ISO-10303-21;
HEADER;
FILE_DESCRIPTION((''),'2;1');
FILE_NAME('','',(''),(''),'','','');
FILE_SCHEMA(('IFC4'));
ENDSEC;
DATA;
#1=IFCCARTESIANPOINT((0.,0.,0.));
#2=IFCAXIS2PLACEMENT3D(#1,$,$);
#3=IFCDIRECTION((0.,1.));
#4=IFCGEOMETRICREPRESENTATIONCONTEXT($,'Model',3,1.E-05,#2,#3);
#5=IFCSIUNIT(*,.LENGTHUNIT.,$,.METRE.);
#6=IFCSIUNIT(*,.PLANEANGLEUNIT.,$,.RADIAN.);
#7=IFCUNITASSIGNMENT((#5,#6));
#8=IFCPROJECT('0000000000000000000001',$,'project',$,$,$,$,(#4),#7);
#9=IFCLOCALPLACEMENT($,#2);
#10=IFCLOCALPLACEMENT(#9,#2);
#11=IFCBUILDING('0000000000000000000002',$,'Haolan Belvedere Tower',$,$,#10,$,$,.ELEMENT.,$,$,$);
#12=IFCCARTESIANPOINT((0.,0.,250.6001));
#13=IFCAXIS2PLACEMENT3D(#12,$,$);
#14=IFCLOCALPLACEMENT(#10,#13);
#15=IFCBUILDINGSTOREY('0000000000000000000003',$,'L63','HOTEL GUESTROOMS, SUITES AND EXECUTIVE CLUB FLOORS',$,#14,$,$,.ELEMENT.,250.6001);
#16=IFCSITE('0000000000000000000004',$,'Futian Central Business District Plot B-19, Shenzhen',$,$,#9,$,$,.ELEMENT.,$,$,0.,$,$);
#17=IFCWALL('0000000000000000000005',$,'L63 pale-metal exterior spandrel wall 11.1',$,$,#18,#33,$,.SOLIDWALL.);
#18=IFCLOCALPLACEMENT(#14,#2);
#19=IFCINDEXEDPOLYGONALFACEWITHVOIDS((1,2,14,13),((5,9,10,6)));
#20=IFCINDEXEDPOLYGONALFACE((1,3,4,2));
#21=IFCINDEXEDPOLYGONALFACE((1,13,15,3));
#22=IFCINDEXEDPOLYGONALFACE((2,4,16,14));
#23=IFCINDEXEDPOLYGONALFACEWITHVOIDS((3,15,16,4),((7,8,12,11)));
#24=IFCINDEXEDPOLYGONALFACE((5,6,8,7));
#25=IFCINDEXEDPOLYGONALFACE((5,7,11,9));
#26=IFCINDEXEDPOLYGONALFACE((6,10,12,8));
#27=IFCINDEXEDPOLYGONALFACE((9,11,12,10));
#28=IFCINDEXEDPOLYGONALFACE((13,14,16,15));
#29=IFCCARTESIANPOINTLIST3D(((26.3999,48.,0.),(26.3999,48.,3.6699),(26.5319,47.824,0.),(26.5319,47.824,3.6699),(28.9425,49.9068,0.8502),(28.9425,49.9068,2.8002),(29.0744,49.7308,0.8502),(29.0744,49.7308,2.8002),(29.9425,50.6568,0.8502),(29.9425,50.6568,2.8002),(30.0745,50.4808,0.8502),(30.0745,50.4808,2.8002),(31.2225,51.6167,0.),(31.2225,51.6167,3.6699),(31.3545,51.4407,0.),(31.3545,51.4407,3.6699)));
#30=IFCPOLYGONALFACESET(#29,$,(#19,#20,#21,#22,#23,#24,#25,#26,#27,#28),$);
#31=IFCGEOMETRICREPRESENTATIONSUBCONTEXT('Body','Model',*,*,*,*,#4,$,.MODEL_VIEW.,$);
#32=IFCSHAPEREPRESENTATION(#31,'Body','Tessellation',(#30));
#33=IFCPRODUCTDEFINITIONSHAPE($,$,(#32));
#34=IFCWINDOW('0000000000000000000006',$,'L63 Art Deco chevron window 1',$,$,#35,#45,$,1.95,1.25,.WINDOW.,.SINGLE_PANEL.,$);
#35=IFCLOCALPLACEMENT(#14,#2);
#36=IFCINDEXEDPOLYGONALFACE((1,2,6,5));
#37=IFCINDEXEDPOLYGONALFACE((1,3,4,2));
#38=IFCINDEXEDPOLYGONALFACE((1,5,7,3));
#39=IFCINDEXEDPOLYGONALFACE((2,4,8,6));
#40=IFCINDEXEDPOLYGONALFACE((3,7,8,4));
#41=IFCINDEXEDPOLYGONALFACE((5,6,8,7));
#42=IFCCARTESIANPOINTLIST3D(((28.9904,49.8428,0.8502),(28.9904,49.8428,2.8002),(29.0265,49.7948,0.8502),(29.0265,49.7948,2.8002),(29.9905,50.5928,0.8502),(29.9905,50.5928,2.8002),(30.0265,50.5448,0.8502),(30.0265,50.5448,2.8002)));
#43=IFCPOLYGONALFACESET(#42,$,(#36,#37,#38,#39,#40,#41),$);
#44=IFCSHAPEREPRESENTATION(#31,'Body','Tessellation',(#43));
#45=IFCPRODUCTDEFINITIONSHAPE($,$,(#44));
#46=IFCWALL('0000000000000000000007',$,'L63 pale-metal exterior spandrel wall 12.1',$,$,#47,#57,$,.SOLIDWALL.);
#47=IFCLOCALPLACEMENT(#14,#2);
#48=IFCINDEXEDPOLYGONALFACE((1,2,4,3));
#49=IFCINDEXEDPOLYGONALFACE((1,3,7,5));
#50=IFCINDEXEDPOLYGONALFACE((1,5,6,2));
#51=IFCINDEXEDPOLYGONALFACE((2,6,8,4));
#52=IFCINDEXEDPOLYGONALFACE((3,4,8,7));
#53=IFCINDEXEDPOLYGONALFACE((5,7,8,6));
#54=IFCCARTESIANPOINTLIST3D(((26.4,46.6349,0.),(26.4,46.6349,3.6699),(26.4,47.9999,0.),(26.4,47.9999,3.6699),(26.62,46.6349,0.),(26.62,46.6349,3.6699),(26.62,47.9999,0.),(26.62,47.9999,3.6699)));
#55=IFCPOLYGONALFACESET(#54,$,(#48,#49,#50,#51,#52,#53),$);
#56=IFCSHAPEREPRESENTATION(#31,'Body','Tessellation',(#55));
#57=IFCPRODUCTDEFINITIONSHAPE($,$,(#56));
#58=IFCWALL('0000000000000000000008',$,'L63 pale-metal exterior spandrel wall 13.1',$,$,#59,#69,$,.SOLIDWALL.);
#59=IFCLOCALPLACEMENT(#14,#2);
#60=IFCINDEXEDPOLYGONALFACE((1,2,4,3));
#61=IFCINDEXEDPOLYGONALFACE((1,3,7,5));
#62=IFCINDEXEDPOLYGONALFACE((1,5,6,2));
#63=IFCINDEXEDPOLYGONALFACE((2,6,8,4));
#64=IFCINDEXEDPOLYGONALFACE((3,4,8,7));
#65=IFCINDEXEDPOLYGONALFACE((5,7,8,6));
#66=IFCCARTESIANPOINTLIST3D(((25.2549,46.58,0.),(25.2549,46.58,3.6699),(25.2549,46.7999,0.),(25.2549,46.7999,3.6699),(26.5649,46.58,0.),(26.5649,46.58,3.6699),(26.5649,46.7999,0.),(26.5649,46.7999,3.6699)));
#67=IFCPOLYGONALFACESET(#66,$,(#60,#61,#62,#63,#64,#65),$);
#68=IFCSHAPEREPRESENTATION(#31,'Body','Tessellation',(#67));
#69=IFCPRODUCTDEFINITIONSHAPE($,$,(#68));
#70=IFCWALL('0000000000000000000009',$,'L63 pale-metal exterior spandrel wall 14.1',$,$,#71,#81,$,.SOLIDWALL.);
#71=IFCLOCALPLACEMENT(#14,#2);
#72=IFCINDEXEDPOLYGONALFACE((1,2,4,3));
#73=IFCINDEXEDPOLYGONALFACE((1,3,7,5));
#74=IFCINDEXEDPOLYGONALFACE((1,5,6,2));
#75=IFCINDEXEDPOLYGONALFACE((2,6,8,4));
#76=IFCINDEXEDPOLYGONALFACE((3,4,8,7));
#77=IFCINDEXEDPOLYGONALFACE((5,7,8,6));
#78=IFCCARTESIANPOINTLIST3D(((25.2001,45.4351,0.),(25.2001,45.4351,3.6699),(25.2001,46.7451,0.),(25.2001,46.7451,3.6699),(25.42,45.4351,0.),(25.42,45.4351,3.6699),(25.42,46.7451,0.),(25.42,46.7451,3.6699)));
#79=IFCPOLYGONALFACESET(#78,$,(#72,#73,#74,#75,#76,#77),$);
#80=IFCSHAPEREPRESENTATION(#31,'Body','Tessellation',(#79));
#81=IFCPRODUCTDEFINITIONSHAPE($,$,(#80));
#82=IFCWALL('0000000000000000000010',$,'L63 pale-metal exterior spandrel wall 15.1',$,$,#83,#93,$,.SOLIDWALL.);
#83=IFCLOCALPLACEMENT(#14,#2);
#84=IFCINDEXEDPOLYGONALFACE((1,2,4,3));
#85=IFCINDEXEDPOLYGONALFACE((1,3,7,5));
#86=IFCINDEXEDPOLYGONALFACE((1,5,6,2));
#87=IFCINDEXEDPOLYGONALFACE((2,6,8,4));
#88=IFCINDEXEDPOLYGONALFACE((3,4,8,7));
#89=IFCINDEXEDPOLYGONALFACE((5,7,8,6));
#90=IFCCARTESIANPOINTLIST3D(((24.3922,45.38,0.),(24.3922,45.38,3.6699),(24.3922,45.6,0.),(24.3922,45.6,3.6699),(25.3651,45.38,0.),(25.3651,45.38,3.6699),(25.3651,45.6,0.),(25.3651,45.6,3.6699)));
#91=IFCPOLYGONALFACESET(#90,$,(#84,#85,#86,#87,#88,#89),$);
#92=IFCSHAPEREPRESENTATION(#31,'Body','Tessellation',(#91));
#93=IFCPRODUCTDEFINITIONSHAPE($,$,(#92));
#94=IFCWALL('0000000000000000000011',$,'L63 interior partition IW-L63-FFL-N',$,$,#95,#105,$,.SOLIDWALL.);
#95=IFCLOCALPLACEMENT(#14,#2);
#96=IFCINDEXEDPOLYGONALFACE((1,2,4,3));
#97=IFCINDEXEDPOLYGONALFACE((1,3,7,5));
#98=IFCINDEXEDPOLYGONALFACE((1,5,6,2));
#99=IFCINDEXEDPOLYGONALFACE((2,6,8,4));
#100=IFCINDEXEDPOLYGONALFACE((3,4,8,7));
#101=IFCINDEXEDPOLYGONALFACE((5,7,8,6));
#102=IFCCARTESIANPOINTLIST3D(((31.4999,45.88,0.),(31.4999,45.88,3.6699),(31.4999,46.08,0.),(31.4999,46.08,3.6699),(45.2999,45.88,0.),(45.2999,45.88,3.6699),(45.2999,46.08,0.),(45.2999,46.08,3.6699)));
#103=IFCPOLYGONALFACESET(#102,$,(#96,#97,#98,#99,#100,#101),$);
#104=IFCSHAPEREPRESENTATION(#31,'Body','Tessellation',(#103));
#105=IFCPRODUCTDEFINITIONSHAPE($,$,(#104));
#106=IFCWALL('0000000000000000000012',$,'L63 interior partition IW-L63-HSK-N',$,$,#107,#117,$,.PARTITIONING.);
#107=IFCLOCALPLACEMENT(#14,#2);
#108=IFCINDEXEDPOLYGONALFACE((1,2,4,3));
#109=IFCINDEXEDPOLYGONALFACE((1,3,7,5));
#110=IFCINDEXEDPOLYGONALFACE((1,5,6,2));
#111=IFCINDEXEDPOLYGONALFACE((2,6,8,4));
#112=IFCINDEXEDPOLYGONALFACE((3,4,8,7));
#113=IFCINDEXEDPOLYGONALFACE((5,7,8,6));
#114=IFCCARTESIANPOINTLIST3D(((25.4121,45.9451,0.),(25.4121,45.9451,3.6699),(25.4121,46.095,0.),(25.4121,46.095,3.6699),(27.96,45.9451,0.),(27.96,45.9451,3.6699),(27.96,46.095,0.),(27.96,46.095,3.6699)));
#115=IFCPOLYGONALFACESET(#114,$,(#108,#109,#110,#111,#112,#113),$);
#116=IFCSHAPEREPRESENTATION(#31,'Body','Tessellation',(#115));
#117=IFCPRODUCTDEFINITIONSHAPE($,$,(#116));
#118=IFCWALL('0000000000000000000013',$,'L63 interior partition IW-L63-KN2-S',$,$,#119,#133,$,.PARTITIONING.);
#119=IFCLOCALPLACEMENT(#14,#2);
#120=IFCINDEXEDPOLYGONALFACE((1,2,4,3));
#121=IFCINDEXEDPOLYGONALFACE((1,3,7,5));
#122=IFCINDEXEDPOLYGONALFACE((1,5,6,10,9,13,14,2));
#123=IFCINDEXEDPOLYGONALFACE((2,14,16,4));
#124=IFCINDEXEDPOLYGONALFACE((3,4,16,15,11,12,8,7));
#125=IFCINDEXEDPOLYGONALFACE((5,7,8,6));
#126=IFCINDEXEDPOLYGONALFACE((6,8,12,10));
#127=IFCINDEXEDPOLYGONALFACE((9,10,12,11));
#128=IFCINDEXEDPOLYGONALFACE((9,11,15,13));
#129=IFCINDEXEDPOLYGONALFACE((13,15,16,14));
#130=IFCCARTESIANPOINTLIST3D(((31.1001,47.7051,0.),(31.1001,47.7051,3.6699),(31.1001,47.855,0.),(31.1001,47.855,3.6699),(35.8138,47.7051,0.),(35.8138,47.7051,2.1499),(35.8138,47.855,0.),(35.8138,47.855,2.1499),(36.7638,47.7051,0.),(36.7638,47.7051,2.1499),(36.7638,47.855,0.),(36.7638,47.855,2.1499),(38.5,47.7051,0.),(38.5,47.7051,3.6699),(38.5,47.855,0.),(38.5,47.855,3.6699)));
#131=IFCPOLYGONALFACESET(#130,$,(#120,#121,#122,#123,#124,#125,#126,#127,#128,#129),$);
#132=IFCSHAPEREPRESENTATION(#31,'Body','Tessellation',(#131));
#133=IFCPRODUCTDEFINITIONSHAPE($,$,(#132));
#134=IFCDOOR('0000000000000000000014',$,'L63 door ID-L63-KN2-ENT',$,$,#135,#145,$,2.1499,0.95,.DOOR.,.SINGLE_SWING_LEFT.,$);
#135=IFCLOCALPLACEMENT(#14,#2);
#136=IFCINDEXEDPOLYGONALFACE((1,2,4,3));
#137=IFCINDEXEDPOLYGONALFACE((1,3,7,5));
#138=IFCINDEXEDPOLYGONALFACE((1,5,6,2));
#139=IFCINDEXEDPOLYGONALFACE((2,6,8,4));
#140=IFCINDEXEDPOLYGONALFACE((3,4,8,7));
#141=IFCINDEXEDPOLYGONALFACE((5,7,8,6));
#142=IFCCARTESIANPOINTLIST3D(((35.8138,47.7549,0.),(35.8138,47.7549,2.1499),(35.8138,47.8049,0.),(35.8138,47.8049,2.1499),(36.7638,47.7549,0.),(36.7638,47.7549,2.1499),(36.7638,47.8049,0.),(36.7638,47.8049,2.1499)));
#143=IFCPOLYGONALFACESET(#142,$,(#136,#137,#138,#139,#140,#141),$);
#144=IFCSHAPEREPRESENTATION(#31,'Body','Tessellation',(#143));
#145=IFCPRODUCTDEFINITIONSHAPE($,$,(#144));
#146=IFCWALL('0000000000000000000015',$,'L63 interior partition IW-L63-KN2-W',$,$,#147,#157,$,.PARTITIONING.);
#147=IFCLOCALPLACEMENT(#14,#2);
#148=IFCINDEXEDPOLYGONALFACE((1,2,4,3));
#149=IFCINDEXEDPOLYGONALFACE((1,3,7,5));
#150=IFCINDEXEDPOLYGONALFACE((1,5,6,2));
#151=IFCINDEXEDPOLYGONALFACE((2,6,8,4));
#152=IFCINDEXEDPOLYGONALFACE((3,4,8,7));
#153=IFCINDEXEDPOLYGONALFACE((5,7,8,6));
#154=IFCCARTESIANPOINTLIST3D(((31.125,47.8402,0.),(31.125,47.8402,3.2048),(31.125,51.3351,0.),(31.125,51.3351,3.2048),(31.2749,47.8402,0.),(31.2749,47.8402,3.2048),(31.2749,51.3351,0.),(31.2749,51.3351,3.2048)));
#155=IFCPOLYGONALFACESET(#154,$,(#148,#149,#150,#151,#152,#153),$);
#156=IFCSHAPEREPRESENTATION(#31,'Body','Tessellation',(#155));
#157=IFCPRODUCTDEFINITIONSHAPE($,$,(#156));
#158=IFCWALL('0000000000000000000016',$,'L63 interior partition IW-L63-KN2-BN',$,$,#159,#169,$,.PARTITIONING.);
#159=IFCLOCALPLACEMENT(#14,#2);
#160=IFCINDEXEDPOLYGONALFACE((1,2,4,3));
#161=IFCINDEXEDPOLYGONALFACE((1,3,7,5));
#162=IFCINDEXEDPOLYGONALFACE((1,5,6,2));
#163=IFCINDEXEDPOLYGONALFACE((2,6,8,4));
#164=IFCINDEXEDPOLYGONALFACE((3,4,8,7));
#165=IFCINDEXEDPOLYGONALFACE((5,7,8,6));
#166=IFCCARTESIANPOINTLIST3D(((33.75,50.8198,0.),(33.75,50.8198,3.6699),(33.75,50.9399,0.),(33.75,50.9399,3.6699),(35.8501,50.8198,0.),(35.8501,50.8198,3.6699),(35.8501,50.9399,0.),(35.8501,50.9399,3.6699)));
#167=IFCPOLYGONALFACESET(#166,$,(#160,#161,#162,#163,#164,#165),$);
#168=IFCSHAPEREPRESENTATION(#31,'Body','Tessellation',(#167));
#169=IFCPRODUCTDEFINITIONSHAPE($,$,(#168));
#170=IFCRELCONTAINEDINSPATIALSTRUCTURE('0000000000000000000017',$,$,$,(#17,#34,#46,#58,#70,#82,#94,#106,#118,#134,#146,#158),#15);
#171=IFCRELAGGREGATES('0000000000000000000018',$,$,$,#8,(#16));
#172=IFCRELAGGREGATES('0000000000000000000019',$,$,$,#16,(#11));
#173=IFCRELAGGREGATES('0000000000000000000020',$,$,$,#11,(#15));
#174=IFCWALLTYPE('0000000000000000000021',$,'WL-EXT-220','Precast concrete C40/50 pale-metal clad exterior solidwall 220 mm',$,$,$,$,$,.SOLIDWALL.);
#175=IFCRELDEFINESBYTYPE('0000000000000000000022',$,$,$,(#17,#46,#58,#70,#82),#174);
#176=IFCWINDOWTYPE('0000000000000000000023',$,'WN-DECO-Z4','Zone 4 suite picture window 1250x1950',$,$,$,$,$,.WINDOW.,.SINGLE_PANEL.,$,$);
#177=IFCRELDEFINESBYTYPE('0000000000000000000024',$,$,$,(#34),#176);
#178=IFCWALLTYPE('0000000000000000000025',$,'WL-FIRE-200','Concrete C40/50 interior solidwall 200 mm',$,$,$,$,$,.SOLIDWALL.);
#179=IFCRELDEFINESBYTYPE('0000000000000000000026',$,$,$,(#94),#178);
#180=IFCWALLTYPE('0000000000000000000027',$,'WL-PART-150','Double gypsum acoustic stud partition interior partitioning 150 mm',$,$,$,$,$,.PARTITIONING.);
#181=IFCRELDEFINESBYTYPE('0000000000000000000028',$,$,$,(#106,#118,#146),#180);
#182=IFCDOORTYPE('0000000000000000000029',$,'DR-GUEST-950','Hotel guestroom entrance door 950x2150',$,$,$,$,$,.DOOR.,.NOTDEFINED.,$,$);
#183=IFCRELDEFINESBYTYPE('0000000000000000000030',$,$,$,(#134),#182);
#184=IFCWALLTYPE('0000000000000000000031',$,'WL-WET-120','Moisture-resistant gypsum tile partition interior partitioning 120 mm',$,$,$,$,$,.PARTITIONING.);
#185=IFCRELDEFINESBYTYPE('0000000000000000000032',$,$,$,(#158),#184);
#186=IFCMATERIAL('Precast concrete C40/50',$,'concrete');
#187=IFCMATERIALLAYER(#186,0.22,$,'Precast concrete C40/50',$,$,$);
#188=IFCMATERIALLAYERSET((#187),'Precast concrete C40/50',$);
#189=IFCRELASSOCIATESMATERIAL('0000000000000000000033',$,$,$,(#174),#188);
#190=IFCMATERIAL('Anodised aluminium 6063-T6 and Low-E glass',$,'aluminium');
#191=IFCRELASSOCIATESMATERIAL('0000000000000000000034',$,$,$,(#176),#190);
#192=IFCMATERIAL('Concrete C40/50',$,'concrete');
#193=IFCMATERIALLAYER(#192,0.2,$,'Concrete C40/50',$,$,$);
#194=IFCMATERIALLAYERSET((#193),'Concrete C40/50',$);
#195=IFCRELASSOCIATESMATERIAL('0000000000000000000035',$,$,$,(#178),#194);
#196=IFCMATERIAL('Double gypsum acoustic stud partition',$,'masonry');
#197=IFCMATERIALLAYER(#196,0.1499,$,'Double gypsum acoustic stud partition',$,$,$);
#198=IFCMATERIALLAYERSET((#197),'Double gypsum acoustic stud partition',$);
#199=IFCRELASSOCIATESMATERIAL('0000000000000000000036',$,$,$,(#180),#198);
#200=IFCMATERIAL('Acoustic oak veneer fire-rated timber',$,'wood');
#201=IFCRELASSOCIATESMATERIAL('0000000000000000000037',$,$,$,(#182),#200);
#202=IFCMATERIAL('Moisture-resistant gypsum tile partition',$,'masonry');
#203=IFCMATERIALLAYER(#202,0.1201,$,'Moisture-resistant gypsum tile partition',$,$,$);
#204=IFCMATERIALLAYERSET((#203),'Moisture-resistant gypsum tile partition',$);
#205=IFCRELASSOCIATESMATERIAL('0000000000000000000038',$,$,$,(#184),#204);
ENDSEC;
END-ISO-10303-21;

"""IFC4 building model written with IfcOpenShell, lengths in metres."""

from ifc_helpers import new_model, si_unit, direction, frame, frame_2d, origin, place, context, subcontext, project, spatial, rectangle, extrude, material, layer, layer_set, type_object, element, fill, save


model = new_model("IFC4")

# Units and contexts
model_context = context("Model", 3, precision=1e-05, world=origin(), true_north=direction((0.0, 1.0)))
body_context = subcontext(model_context, "Body", "Model", "MODEL_VIEW")
ifc_project = project(units=[si_unit("LENGTHUNIT", "METRE"), si_unit("PLANEANGLEUNIT", "RADIAN")], contexts=[model_context])

# Site, building, storey
site_placement = place(None, origin())
site = spatial("IfcSite", under=ifc_project, at=site_placement, Name="Futian Central Business District Plot B-19, Shenzhen", CompositionType="ELEMENT", RefElevation=0.0)
building_placement = place(site_placement, origin())
building = spatial("IfcBuilding", under=site, at=building_placement, Name="Haolan Belvedere Tower", CompositionType="ELEMENT")
storey_placement = place(building_placement, frame((0.0, 0.0, 250.6001)))
storey = spatial("IfcBuildingStorey", under=building, at=storey_placement, Name="L63", Description="HOTEL GUESTROOMS, SUITES AND EXECUTIVE CLUB FLOORS", CompositionType="ELEMENT", Elevation=250.6001)

# Wall, opening, window
ifc_material_1 = material(Name="Precast concrete C40/50", Category="concrete")
ifc_layer_1 = layer(ifc_material_1, 0.22, Name="Precast concrete C40/50")
ifc_layer_set_1 = layer_set([ifc_layer_1], Name="Precast concrete C40/50")
wall_type_1 = type_object("IfcWallType", Name="WL-EXT-220", Description="Precast concrete C40/50 pale-metal clad exterior solidwall 220 mm", PredefinedType="SOLIDWALL", material=ifc_layer_set_1)
wall_1_placement = place(storey_placement, frame((31.2886, 51.5288, 0.0), z_axis=(0.0, 0.0, 1.0), x_axis=(-0.800015, -0.599981, 0.0)))
wall_1 = element("IfcWall", 1, at=wall_1_placement, inside=storey, type_object=wall_type_1, Name="L63 pale-metal exterior spandrel wall 11.1", PredefinedType="SOLIDWALL", context=body_context, shape_type="SweptSolid", body=[
    extrude(rectangle(XDim=6.0281, YDim=0.22, at=frame_2d((3.0142, 0.0))), origin(), (0.0, 0.0, 1.0), 3.6699),
])
opening_1_placement = place(wall_1_placement, frame((1.6001, 0.0, 0.8501)))
opening_1 = element("IfcOpeningElement", 2, at=opening_1_placement, cuts=wall_1, PredefinedType="OPENING", context=body_context, shape_type="SweptSolid", body=[
    extrude(rectangle(XDim=1.25, YDim=1.95, at=frame_2d((0.625, 0.9751))), frame((0.0, 0.1199, 0.0), z_axis=(0.0, -1.0, 0.0), x_axis=(1.0, 0.0, 0.0)), (0.0, 0.0, 1.0), 0.24),
])
ifc_material_2 = material(Name="Anodised aluminium 6063-T6 and Low-E glass", Category="aluminium")
window_type = type_object("IfcWindowType", Name="WN-DECO-Z4", Description="Zone 4 suite picture window 1250x1950", PartitioningType="SINGLE_PANEL", PredefinedType="WINDOW", material=ifc_material_2)
window_placement = place(opening_1_placement, origin())
window = element("IfcWindow", 3, at=window_placement, inside=storey, type_object=window_type, Name="L63 Art Deco chevron window 1", OverallHeight=1.95, OverallWidth=1.25, PartitioningType="SINGLE_PANEL", PredefinedType="WINDOW", context=body_context, shape_type="SweptSolid", body=[
    extrude(rectangle(XDim=1.25, YDim=1.95, at=frame_2d((0.625, 0.9751))), frame((0.0, 0.03, 0.0), z_axis=(0.0, -1.0, 0.0), x_axis=(1.0, 0.0, 0.0)), (0.0, 0.0, 1.0), 0.0601),
])
fill(opening_1, window)

# Walls
wall_2_placement = place(storey_placement, frame((26.51, 48.0, 0.0), z_axis=(0.0, 0.0, 1.0), x_axis=(0.0, -1.0, 0.0)))
element("IfcWall", 4, at=wall_2_placement, inside=storey, type_object=wall_type_1, Name="L63 pale-metal exterior spandrel wall 12.1", PredefinedType="SOLIDWALL", context=body_context, shape_type="SweptSolid", body=[
    extrude(rectangle(XDim=1.365, YDim=0.22, at=frame_2d((0.6826, 0.0))), origin(), (0.0, 0.0, 1.0), 3.6699),
])
for number, where, z_axis, x_axis, name in (
    (5, (26.5649, 46.6899, 0.0), (0.0, 0.0, 1.0), (-1.0, 0.0, 0.0), "L63 pale-metal exterior spandrel wall 13.1"),
    (6, (25.3101, 46.7451, 0.0), (0.0, 0.0, 1.0), (0.0, -1.0, 0.0), "L63 pale-metal exterior spandrel wall 14.1"),
):
    element("IfcWall", number, at=place(storey_placement, frame(where, z_axis=z_axis, x_axis=x_axis)), inside=storey, type_object=wall_type_1, Name=name, PredefinedType="SOLIDWALL", context=body_context, shape_type="SweptSolid", body=[
        extrude(rectangle(XDim=1.3101, YDim=0.22, at=frame_2d((0.655, 0.0))), origin(), (0.0, 0.0, 1.0), 3.6699),
    ])
wall_3_placement = place(storey_placement, frame((25.365, 45.49, 0.0), z_axis=(0.0, 0.0, 1.0), x_axis=(-1.0, 0.0, 0.0)))
element("IfcWall", 7, at=wall_3_placement, inside=storey, type_object=wall_type_1, Name="L63 pale-metal exterior spandrel wall 15.1", PredefinedType="SOLIDWALL", context=body_context, shape_type="SweptSolid", body=[
    extrude(rectangle(XDim=0.9729, YDim=0.22, at=frame_2d((0.4863, 0.0))), origin(), (0.0, 0.0, 1.0), 3.6699),
])
ifc_material_3 = material(Name="Concrete C40/50", Category="concrete")
ifc_layer_2 = layer(ifc_material_3, 0.2, Name="Concrete C40/50")
ifc_layer_set_2 = layer_set([ifc_layer_2], Name="Concrete C40/50")
wall_type_2 = type_object("IfcWallType", Name="WL-FIRE-200", Description="Concrete C40/50 interior solidwall 200 mm", PredefinedType="SOLIDWALL", material=ifc_layer_set_2)
wall_4_placement = place(storey_placement, frame((31.5, 45.98, 0.0), z_axis=(0.0, 0.0, 1.0), x_axis=(1.0, 0.0, 0.0)))
element("IfcWall", 8, at=wall_4_placement, inside=storey, type_object=wall_type_2, Name="L63 interior partition IW-L63-FFL-N", PredefinedType="SOLIDWALL", context=body_context, shape_type="SweptSolid", body=[
    extrude(rectangle(XDim=13.8, YDim=0.2, at=frame_2d((6.8999, 0.0))), origin(), (0.0, 0.0, 1.0), 3.6699),
])

# Wall
ifc_material_4 = material(Name="Double gypsum acoustic stud partition", Category="masonry")
ifc_layer_3 = layer(ifc_material_4, 0.1499, Name="Double gypsum acoustic stud partition")
ifc_layer_set_3 = layer_set([ifc_layer_3], Name="Double gypsum acoustic stud partition")
wall_type_3 = type_object("IfcWallType", Name="WL-PART-150", Description="Double gypsum acoustic stud partition interior partitioning 150 mm", PredefinedType="PARTITIONING", material=ifc_layer_set_3)
wall_5_placement = place(storey_placement, frame((25.4121, 46.02, 0.0), z_axis=(0.0, 0.0, 1.0), x_axis=(1.0, 0.0, 0.0)))
element("IfcWall", 9, at=wall_5_placement, inside=storey, type_object=wall_type_3, Name="L63 interior partition IW-L63-HSK-N", PredefinedType="PARTITIONING", context=body_context, shape_type="SweptSolid", body=[
    extrude(rectangle(XDim=2.5479, YDim=0.1499, at=frame_2d((1.2739, 0.0))), origin(), (0.0, 0.0, 1.0), 3.6699),
])

# Wall, opening, door
wall_6_placement = place(storey_placement, frame((31.1001, 47.78, 0.0), z_axis=(0.0, 0.0, 1.0), x_axis=(1.0, 0.0, 0.0)))
wall_6 = element("IfcWall", 10, at=wall_6_placement, inside=storey, type_object=wall_type_3, Name="L63 interior partition IW-L63-KN2-S", PredefinedType="PARTITIONING", context=body_context, shape_type="SweptSolid", body=[
    extrude(rectangle(XDim=7.3999, YDim=0.1499, at=frame_2d((3.7, 0.0))), origin(), (0.0, 0.0, 1.0), 3.6699),
])
opening_2_placement = place(wall_6_placement, frame((4.7136, 0.0, 0.0)))
opening_2 = element("IfcOpeningElement", 11, at=opening_2_placement, cuts=wall_6, PredefinedType="OPENING", context=body_context, shape_type="SweptSolid", body=[
    extrude(rectangle(XDim=0.95, YDim=2.1499, at=frame_2d((0.4751, 1.075))), frame((0.0, 0.085, 0.0), z_axis=(0.0, -1.0, 0.0), x_axis=(1.0, 0.0, 0.0)), (0.0, 0.0, 1.0), 0.1699),
])
ifc_material_5 = material(Name="Acoustic oak veneer fire-rated timber", Category="wood")
door_type_1 = type_object("IfcDoorType", Name="DR-GUEST-950", Description="Hotel guestroom entrance door 950x2150", OperationType="NOTDEFINED", PredefinedType="DOOR", material=ifc_material_5)
door_1_placement = place(opening_2_placement, origin())
door_1 = element("IfcDoor", 12, at=door_1_placement, inside=storey, type_object=door_type_1, Name="L63 door ID-L63-KN2-ENT", OperationType="SINGLE_SWING_LEFT", OverallHeight=2.1499, OverallWidth=0.95, PredefinedType="DOOR", context=body_context, shape_type="SweptSolid", body=[
    extrude(rectangle(XDim=0.95, YDim=2.1499, at=frame_2d((0.4751, 1.075))), frame((0.0, 0.0249, 0.0), z_axis=(0.0, -1.0, 0.0), x_axis=(1.0, 0.0, 0.0)), (0.0, 0.0, 1.0), 0.05),
])
fill(opening_2, door_1)

# Walls
wall_7_placement = place(storey_placement, frame((31.2, 47.8401, 0.0), z_axis=(0.0, 0.0, 1.0), x_axis=(0.0, 1.0, 0.0)))
element("IfcWall", 13, at=wall_7_placement, inside=storey, type_object=wall_type_3, Name="L63 interior partition IW-L63-KN2-W", PredefinedType="PARTITIONING", context=body_context, shape_type="SweptSolid", body=[
    extrude(rectangle(XDim=3.4949, YDim=0.1499, at=frame_2d((1.7476, 0.0))), origin(), (0.0, 0.0, 1.0), 3.2048),
])
ifc_material_6 = material(Name="Moisture-resistant gypsum tile partition", Category="masonry")
ifc_layer_4 = layer(ifc_material_6, 0.1201, Name="Moisture-resistant gypsum tile partition")
ifc_layer_set_4 = layer_set([ifc_layer_4], Name="Moisture-resistant gypsum tile partition")
wall_type_4 = type_object("IfcWallType", Name="WL-WET-120", Description="Moisture-resistant gypsum tile partition interior partitioning 120 mm", PredefinedType="PARTITIONING", material=ifc_layer_set_4)
wall_8_placement = place(storey_placement, frame((33.75, 50.8799, 0.0), z_axis=(0.0, 0.0, 1.0), x_axis=(1.0, 0.0, 0.0)))
element("IfcWall", 14, at=wall_8_placement, inside=storey, type_object=wall_type_4, Name="L63 interior partition IW-L63-KN2-BN", PredefinedType="PARTITIONING", context=body_context, shape_type="SweptSolid", body=[
    extrude(rectangle(XDim=2.1001, YDim=0.1201, at=frame_2d((1.05, 0.0))), origin(), (0.0, 0.0, 1.0), 3.6699),
])

save(model, "model.ifc")
